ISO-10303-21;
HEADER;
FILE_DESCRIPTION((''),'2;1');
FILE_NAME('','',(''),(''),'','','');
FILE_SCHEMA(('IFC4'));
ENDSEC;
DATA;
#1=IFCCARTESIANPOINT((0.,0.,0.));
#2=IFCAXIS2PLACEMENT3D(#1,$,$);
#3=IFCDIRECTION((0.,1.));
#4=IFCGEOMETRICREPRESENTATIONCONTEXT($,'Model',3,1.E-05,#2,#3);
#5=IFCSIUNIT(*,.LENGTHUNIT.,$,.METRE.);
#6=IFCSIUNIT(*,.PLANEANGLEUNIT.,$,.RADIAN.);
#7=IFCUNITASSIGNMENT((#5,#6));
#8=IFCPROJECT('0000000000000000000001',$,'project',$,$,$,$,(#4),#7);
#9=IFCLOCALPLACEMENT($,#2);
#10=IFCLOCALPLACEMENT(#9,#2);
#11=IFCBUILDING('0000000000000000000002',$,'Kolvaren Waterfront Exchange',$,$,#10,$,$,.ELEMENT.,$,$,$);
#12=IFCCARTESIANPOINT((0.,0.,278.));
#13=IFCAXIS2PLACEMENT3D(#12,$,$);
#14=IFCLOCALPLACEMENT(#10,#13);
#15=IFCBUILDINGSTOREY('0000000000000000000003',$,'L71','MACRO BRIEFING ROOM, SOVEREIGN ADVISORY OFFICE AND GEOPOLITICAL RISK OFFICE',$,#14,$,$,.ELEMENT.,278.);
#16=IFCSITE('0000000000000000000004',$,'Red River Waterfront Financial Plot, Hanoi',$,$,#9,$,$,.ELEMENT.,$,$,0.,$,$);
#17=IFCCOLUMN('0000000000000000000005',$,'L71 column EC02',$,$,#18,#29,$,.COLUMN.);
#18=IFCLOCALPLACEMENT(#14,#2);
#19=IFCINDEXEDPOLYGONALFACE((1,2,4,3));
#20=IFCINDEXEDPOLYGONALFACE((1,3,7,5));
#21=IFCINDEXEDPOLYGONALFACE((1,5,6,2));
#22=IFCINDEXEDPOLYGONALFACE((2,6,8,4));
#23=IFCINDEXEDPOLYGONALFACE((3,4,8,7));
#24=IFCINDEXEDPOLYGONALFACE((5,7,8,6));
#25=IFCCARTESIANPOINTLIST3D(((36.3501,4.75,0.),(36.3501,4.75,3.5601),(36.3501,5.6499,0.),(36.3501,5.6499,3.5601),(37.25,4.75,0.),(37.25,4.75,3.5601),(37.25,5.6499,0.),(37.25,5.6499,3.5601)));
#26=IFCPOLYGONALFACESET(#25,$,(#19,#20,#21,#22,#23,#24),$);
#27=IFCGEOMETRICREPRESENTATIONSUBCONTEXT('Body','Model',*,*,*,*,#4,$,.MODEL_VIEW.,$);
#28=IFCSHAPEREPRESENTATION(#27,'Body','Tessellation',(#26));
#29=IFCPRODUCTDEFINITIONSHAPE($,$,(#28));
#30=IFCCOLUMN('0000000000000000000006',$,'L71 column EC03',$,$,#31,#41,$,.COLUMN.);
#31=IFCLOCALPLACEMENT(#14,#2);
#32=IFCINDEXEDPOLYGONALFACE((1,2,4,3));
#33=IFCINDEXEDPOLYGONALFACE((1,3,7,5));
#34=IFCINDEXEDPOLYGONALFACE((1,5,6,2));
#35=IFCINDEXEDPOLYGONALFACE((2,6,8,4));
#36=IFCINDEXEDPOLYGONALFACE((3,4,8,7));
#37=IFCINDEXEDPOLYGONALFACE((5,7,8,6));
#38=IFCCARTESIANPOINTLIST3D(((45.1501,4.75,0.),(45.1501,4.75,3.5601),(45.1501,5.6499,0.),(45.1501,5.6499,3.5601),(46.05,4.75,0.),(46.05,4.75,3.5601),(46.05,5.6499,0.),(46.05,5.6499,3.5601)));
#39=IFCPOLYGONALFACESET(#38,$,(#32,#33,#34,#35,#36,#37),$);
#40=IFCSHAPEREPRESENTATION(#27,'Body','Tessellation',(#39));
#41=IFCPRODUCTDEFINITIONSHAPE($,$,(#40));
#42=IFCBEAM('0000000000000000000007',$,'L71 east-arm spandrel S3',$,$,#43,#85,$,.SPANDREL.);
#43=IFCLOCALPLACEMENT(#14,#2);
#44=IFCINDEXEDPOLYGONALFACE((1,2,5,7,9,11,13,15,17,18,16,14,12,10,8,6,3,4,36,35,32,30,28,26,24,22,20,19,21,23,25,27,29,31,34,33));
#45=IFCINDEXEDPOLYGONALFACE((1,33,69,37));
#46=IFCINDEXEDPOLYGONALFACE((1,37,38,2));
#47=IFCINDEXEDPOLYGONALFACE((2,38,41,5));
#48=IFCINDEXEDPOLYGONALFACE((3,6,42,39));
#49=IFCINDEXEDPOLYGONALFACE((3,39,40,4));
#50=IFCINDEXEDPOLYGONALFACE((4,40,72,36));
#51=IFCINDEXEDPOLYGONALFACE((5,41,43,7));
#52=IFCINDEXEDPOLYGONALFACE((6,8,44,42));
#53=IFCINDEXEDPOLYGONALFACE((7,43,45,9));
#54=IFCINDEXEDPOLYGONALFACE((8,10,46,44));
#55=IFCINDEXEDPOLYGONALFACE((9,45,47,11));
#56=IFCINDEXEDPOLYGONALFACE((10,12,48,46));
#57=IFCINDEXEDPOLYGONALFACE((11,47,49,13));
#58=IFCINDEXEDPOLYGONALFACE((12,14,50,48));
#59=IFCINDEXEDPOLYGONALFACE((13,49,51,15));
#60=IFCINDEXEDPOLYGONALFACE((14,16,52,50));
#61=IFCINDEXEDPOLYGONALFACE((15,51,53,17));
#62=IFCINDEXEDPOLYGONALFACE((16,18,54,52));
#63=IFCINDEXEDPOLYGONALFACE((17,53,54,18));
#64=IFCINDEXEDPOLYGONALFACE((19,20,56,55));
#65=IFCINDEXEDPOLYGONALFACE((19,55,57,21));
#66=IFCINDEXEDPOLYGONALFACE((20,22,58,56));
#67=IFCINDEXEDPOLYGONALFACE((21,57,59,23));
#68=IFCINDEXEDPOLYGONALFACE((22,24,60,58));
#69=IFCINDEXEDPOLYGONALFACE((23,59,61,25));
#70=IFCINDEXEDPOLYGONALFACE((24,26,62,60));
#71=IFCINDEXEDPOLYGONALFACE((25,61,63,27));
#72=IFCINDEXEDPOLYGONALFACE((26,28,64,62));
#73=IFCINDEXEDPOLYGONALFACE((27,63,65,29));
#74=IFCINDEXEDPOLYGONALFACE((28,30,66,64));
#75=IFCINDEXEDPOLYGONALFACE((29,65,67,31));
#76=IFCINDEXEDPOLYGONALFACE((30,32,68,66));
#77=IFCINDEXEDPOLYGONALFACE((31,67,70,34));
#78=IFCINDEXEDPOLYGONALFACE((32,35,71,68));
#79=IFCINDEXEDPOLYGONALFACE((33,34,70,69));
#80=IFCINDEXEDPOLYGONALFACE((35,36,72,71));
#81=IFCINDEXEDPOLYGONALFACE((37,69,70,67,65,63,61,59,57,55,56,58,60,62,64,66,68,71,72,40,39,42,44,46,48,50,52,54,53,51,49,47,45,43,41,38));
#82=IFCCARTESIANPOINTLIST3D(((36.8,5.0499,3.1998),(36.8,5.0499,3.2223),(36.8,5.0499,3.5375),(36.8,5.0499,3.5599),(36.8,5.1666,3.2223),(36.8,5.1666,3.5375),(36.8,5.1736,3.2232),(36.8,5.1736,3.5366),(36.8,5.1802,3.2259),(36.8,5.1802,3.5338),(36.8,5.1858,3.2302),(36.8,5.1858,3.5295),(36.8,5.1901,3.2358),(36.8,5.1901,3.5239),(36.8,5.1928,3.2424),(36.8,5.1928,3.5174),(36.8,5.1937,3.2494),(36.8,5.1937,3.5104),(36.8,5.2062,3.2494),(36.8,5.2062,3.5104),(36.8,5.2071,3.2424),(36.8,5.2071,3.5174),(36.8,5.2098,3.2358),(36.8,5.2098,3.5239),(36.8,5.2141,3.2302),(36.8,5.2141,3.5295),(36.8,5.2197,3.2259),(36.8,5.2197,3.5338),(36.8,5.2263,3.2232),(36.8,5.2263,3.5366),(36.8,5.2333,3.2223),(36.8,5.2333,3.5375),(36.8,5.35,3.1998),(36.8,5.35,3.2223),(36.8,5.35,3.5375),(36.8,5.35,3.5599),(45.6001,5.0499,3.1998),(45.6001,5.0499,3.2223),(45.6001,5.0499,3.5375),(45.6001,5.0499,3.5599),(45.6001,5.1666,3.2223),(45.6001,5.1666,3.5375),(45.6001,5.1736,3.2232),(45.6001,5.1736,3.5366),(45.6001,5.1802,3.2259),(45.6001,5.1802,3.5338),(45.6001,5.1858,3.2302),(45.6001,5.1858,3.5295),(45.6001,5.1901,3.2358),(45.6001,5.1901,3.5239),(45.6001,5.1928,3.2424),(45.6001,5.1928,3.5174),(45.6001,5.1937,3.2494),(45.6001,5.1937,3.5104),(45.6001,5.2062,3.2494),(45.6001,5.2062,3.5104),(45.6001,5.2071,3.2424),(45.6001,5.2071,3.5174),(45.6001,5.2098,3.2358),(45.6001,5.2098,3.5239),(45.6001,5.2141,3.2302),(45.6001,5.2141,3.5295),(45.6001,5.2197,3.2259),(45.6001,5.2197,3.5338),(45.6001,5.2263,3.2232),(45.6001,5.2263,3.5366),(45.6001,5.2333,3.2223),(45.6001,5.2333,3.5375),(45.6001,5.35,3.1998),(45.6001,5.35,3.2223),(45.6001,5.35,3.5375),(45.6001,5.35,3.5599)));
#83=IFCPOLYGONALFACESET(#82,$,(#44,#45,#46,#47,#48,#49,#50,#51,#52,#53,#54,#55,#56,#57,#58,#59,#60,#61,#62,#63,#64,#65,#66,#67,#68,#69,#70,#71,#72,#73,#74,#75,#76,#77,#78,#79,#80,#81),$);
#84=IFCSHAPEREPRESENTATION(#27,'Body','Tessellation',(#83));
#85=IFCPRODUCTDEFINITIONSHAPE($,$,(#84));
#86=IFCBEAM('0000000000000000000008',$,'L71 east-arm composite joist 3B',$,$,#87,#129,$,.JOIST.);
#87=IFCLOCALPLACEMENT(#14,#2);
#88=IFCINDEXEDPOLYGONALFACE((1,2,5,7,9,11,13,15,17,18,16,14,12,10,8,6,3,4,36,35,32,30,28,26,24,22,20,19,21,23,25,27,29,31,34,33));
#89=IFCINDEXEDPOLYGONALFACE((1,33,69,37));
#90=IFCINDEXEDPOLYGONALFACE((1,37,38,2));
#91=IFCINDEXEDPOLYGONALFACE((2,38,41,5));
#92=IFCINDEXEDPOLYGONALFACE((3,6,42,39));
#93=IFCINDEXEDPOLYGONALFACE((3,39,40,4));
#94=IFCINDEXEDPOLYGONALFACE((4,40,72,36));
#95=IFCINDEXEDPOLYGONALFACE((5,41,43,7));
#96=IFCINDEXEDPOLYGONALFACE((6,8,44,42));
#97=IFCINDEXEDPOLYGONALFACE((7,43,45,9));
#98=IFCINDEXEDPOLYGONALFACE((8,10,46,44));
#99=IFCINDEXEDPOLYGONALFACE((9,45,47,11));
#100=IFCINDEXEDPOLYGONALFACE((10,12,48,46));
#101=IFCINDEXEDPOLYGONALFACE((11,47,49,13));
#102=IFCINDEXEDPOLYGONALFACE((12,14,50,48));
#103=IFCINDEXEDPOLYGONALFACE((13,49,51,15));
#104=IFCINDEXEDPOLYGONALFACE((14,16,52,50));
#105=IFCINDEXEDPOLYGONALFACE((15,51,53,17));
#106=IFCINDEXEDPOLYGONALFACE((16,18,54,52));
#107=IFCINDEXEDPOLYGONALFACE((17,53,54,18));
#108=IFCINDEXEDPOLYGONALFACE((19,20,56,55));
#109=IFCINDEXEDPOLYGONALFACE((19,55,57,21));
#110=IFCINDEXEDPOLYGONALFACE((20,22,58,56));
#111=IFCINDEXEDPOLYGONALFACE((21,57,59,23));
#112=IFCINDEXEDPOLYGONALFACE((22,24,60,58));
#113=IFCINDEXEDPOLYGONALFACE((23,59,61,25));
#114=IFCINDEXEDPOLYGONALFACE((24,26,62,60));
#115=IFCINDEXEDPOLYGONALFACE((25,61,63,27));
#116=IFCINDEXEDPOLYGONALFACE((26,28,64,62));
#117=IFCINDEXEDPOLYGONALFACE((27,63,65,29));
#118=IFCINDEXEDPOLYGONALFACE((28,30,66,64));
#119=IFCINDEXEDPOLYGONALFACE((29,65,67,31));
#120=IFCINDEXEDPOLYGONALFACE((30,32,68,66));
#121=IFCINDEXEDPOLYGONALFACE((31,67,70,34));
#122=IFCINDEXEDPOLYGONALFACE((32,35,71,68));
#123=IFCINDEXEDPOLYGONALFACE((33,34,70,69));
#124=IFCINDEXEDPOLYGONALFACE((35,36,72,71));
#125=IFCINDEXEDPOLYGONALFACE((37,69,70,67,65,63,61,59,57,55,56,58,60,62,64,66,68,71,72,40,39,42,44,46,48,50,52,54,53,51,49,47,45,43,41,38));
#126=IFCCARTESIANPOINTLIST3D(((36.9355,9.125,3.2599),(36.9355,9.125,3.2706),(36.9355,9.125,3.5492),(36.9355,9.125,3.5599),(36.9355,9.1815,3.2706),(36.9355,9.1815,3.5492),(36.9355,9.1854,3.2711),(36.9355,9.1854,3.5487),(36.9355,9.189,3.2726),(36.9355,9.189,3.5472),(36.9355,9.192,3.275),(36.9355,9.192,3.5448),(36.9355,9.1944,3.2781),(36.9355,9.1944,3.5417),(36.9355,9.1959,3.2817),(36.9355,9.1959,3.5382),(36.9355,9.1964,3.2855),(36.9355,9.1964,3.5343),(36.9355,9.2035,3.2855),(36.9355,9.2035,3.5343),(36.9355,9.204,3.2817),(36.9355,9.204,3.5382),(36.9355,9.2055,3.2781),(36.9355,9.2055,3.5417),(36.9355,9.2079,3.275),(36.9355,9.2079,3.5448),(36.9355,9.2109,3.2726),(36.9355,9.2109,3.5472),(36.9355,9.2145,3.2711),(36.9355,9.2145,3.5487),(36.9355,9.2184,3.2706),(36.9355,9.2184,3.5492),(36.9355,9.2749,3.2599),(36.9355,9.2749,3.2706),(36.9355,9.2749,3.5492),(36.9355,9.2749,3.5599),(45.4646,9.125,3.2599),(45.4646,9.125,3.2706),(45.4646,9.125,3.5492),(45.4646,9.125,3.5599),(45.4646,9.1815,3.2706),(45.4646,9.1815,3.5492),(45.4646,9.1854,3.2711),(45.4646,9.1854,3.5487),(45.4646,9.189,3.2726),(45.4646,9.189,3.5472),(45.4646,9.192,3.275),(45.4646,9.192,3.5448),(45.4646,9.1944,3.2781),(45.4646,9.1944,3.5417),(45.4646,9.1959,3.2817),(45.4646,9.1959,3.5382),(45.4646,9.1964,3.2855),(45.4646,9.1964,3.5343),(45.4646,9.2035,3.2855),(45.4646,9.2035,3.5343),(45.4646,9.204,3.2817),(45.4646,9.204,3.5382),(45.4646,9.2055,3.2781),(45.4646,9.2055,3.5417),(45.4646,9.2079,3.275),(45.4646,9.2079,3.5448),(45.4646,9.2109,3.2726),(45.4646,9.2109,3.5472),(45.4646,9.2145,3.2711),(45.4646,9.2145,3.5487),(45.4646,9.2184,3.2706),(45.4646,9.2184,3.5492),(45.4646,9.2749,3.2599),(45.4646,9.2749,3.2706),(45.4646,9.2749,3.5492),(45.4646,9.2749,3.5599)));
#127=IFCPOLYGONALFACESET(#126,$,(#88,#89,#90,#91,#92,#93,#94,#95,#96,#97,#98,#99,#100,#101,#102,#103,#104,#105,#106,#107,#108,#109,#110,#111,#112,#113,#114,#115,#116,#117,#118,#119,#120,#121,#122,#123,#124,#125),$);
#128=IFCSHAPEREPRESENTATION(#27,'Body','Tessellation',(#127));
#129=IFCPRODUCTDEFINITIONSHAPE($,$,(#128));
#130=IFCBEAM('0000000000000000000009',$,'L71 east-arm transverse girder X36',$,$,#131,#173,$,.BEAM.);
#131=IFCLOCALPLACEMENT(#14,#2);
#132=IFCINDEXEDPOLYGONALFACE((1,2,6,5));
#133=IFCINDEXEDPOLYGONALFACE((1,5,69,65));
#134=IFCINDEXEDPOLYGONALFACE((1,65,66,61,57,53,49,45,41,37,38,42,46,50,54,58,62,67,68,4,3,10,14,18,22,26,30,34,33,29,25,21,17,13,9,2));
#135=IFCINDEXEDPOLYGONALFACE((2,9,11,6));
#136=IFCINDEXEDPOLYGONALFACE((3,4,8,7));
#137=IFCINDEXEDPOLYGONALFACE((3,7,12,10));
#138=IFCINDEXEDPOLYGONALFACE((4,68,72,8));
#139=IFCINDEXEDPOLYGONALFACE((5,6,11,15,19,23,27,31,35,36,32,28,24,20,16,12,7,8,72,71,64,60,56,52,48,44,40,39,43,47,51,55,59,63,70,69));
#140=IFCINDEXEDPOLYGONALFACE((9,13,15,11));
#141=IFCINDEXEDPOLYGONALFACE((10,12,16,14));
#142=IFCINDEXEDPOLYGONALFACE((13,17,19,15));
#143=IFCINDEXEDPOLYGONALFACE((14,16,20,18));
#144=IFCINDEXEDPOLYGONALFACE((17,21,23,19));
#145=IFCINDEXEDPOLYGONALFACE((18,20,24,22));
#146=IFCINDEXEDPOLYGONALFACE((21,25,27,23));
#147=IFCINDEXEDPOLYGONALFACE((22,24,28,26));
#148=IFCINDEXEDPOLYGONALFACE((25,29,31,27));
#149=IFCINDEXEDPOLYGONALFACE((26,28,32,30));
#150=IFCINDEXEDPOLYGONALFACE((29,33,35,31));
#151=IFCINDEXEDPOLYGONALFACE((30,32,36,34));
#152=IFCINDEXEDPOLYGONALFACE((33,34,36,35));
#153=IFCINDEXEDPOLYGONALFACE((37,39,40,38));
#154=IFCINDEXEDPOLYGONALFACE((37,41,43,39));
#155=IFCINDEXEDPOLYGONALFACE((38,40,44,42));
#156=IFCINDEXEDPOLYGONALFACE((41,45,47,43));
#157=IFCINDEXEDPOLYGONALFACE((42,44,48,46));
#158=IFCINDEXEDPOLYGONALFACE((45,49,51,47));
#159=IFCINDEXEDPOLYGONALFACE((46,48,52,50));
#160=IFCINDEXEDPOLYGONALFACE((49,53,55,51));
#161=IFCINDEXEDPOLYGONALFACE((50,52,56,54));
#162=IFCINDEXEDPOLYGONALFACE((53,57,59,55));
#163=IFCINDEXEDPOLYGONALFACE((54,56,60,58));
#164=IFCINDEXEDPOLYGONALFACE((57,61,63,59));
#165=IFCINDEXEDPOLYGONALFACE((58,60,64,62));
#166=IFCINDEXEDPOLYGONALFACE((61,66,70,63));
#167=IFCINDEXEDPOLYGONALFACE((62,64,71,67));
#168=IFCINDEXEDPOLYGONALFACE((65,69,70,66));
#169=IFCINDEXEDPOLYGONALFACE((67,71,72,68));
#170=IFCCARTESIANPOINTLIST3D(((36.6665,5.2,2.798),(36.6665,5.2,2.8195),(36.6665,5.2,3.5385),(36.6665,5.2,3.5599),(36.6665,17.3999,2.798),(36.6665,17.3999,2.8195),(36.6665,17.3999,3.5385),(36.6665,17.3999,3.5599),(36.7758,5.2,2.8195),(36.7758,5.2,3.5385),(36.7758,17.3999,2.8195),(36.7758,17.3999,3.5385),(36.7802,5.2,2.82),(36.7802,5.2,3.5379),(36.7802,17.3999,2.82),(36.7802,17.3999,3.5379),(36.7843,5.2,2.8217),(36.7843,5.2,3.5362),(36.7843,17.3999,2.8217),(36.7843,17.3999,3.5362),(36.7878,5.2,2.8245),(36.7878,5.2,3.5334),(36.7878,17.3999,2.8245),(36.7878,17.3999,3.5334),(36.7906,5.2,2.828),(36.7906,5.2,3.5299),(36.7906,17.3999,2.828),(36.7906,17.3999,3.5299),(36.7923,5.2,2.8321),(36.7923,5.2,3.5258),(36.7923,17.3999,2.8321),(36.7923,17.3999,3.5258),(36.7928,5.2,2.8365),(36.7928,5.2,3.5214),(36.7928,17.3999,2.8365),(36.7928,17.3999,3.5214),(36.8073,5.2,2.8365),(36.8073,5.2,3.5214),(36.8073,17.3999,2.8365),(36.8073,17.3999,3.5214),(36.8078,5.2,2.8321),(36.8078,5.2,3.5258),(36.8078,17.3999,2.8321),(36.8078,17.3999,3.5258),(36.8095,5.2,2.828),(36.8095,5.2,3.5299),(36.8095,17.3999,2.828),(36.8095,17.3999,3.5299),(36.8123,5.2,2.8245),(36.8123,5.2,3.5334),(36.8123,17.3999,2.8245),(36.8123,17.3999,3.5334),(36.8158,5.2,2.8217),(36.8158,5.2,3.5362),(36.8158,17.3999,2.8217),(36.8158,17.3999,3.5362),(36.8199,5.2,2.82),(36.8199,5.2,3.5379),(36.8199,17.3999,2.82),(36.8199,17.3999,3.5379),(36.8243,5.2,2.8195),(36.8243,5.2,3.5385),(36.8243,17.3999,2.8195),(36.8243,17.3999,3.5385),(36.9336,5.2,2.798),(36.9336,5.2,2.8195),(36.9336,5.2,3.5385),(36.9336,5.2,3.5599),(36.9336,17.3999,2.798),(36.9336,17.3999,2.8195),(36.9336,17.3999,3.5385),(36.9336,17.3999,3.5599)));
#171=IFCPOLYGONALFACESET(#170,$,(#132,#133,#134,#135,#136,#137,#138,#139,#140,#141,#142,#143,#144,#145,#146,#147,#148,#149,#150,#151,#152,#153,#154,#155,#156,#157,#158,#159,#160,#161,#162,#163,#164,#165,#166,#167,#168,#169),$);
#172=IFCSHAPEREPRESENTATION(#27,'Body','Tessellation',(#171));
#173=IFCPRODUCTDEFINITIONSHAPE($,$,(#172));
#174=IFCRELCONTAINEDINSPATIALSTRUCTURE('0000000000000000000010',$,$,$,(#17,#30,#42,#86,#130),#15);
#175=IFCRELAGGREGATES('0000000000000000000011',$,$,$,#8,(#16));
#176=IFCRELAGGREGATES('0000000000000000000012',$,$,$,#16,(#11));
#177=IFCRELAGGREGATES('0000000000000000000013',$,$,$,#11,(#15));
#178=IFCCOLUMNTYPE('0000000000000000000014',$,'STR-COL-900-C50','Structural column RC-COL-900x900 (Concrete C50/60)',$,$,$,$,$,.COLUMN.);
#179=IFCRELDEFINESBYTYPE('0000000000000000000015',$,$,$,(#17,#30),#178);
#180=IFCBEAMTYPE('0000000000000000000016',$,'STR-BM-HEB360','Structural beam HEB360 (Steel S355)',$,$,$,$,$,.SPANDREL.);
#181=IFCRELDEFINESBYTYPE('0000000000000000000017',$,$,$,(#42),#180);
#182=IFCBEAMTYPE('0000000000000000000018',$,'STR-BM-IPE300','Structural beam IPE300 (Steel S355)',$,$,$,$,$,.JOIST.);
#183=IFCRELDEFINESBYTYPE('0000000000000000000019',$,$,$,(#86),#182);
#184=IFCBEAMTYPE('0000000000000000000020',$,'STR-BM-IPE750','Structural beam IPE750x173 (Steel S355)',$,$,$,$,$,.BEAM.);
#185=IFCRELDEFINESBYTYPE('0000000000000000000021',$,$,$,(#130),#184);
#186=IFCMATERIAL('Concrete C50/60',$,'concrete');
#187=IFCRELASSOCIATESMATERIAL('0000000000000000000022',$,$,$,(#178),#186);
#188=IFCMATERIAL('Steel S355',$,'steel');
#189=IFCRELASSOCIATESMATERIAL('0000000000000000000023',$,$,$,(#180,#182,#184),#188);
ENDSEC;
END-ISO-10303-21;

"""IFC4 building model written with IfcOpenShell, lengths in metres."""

from ifc_helpers import new_model, si_unit, direction, frame, origin, origin_2d, place, context, subcontext, project, spatial, rectangle, i_section, extrude, material, material_profile, profile_set, type_object, element, save


model = new_model("IFC4")

# Units and contexts
model_context = context("Model", 3, precision=1e-05, world=origin(), true_north=direction((0.0, 1.0)))
body_context = subcontext(model_context, "Body", "Model", "MODEL_VIEW")
ifc_project = project(units=[si_unit("LENGTHUNIT", "METRE"), si_unit("PLANEANGLEUNIT", "RADIAN")], contexts=[model_context])

# Site, building, storey
site_placement = place(None, origin())
site = spatial("IfcSite", under=ifc_project, at=site_placement, Name="Red River Waterfront Financial Plot, Hanoi", CompositionType="ELEMENT", RefElevation=0.0)
building_placement = place(site_placement, origin())
building = spatial("IfcBuilding", under=site, at=building_placement, Name="Kolvaren Waterfront Exchange", CompositionType="ELEMENT")
storey_placement = place(building_placement, frame((0.0, 0.0, 278.0)))
storey = spatial("IfcBuildingStorey", under=building, at=storey_placement, Name="L71", Description="MACRO BRIEFING ROOM, SOVEREIGN ADVISORY OFFICE AND GEOPOLITICAL RISK OFFICE", CompositionType="ELEMENT", Elevation=278.0)

# Columns
ifc_material_1 = material(Name="Concrete C50/60", Category="concrete")
ifc_material_profile_1 = material_profile(ifc_material_1, rectangle(XDim=0.8999, YDim=0.8999, at=origin_2d()), Name="RC-COL-900x900")
ifc_profile_set_1 = profile_set([ifc_material_profile_1], Name="Concrete C50/60")
column_type = type_object("IfcColumnType", Name="STR-COL-900-C50", Description="Structural column RC-COL-900x900 (Concrete C50/60)", PredefinedType="COLUMN", material=ifc_profile_set_1)
for number, where, z_axis, x_axis, name in (
    (1, (36.8, 5.2, 0.0), (0.0, 0.0, 1.0), (1.0, 0.0, 0.0), "L71 column EC02"),
    (2, (45.6001, 5.2, 0.0), (0.0, 0.0, 1.0), (1.0, 0.0, 0.0), "L71 column EC03"),
):
    element("IfcColumn", number, at=place(storey_placement, frame(where, z_axis=z_axis, x_axis=x_axis)), inside=storey, type_object=column_type, Name=name, PredefinedType="COLUMN", context=body_context, shape_type="SweptSolid", body=[
        extrude(rectangle(XDim=0.8999, YDim=0.8999, at=origin_2d()), origin(), (0.0, 0.0, 1.0), 3.5601),
    ])

# Beams
ifc_material_2 = material(Name="Steel S355", Category="steel")
ifc_material_profile_2 = material_profile(ifc_material_2, i_section(OverallWidth=0.3, OverallDepth=0.3601, WebThickness=0.0125, FlangeThickness=0.0225, FilletRadius=0.0271, at=origin_2d()), Name="HEB360")
ifc_profile_set_2 = profile_set([ifc_material_profile_2], Name="Steel S355")
beam_type_1 = type_object("IfcBeamType", Name="STR-BM-HEB360", Description="Structural beam HEB360 (Steel S355)", PredefinedType="SPANDREL", material=ifc_profile_set_2)
beam_1_placement = place(storey_placement, frame((36.8, 5.2, 3.3799), z_axis=(1.0, 0.0, 0.0), x_axis=(0.0, 1.0, 0.0)))
element("IfcBeam", 3, at=beam_1_placement, inside=storey, type_object=beam_type_1, Name="L71 east-arm spandrel S3", PredefinedType="SPANDREL", context=body_context, shape_type="SweptSolid", body=[
    extrude(i_section(OverallWidth=0.3, OverallDepth=0.3601, WebThickness=0.0125, FlangeThickness=0.0225, FilletRadius=0.0271, at=origin_2d()), origin(), (0.0, 0.0, 1.0), 8.8),
])
ifc_material_profile_3 = material_profile(ifc_material_2, i_section(OverallWidth=0.1499, OverallDepth=0.3, WebThickness=0.0071, FlangeThickness=0.0107, FilletRadius=0.0149, at=origin_2d()), Name="IPE300")
ifc_profile_set_3 = profile_set([ifc_material_profile_3], Name="Steel S355")
beam_type_2 = type_object("IfcBeamType", Name="STR-BM-IPE300", Description="Structural beam IPE300 (Steel S355)", PredefinedType="JOIST", material=ifc_profile_set_3)
beam_2_placement = place(storey_placement, frame((36.9355, 9.2, 3.4099), z_axis=(1.0, 0.0, 0.0), x_axis=(0.0, 1.0, 0.0)))
element("IfcBeam", 4, at=beam_2_placement, inside=storey, type_object=beam_type_2, Name="L71 east-arm composite joist 3B", PredefinedType="JOIST", context=body_context, shape_type="SweptSolid", body=[
    extrude(i_section(OverallWidth=0.1499, OverallDepth=0.3, WebThickness=0.0071, FlangeThickness=0.0107, FilletRadius=0.0149, at=origin_2d()), origin(), (0.0, 0.0, 1.0), 8.5291),
])
ifc_material_profile_4 = material_profile(ifc_material_2, i_section(OverallWidth=0.2671, OverallDepth=0.762, WebThickness=0.0144, FlangeThickness=0.0215, FilletRadius=0.0171, at=origin_2d()), Name="IPE750x173")
ifc_profile_set_4 = profile_set([ifc_material_profile_4], Name="Steel S355")
beam_type_3 = type_object("IfcBeamType", Name="STR-BM-IPE750", Description="Structural beam IPE750x173 (Steel S355)", PredefinedType="BEAM", material=ifc_profile_set_4)
for number, where, z_axis, x_axis, name in (
    (5, (36.8, 5.2, 3.179), (0.0, 1.0, 0.0), (-1.0, 0.0, 0.0), "L71 east-arm transverse girder X36"),
):
    element("IfcBeam", number, at=place(storey_placement, frame(where, z_axis=z_axis, x_axis=x_axis)), inside=storey, type_object=beam_type_3, Name=name, PredefinedType="BEAM", context=body_context, shape_type="SweptSolid", body=[
        extrude(i_section(OverallWidth=0.2671, OverallDepth=0.762, WebThickness=0.0144, FlangeThickness=0.0215, FilletRadius=0.0171, at=origin_2d()), origin(), (0.0, 0.0, 1.0), 12.2),
    ])

save(model, "model.ifc")
